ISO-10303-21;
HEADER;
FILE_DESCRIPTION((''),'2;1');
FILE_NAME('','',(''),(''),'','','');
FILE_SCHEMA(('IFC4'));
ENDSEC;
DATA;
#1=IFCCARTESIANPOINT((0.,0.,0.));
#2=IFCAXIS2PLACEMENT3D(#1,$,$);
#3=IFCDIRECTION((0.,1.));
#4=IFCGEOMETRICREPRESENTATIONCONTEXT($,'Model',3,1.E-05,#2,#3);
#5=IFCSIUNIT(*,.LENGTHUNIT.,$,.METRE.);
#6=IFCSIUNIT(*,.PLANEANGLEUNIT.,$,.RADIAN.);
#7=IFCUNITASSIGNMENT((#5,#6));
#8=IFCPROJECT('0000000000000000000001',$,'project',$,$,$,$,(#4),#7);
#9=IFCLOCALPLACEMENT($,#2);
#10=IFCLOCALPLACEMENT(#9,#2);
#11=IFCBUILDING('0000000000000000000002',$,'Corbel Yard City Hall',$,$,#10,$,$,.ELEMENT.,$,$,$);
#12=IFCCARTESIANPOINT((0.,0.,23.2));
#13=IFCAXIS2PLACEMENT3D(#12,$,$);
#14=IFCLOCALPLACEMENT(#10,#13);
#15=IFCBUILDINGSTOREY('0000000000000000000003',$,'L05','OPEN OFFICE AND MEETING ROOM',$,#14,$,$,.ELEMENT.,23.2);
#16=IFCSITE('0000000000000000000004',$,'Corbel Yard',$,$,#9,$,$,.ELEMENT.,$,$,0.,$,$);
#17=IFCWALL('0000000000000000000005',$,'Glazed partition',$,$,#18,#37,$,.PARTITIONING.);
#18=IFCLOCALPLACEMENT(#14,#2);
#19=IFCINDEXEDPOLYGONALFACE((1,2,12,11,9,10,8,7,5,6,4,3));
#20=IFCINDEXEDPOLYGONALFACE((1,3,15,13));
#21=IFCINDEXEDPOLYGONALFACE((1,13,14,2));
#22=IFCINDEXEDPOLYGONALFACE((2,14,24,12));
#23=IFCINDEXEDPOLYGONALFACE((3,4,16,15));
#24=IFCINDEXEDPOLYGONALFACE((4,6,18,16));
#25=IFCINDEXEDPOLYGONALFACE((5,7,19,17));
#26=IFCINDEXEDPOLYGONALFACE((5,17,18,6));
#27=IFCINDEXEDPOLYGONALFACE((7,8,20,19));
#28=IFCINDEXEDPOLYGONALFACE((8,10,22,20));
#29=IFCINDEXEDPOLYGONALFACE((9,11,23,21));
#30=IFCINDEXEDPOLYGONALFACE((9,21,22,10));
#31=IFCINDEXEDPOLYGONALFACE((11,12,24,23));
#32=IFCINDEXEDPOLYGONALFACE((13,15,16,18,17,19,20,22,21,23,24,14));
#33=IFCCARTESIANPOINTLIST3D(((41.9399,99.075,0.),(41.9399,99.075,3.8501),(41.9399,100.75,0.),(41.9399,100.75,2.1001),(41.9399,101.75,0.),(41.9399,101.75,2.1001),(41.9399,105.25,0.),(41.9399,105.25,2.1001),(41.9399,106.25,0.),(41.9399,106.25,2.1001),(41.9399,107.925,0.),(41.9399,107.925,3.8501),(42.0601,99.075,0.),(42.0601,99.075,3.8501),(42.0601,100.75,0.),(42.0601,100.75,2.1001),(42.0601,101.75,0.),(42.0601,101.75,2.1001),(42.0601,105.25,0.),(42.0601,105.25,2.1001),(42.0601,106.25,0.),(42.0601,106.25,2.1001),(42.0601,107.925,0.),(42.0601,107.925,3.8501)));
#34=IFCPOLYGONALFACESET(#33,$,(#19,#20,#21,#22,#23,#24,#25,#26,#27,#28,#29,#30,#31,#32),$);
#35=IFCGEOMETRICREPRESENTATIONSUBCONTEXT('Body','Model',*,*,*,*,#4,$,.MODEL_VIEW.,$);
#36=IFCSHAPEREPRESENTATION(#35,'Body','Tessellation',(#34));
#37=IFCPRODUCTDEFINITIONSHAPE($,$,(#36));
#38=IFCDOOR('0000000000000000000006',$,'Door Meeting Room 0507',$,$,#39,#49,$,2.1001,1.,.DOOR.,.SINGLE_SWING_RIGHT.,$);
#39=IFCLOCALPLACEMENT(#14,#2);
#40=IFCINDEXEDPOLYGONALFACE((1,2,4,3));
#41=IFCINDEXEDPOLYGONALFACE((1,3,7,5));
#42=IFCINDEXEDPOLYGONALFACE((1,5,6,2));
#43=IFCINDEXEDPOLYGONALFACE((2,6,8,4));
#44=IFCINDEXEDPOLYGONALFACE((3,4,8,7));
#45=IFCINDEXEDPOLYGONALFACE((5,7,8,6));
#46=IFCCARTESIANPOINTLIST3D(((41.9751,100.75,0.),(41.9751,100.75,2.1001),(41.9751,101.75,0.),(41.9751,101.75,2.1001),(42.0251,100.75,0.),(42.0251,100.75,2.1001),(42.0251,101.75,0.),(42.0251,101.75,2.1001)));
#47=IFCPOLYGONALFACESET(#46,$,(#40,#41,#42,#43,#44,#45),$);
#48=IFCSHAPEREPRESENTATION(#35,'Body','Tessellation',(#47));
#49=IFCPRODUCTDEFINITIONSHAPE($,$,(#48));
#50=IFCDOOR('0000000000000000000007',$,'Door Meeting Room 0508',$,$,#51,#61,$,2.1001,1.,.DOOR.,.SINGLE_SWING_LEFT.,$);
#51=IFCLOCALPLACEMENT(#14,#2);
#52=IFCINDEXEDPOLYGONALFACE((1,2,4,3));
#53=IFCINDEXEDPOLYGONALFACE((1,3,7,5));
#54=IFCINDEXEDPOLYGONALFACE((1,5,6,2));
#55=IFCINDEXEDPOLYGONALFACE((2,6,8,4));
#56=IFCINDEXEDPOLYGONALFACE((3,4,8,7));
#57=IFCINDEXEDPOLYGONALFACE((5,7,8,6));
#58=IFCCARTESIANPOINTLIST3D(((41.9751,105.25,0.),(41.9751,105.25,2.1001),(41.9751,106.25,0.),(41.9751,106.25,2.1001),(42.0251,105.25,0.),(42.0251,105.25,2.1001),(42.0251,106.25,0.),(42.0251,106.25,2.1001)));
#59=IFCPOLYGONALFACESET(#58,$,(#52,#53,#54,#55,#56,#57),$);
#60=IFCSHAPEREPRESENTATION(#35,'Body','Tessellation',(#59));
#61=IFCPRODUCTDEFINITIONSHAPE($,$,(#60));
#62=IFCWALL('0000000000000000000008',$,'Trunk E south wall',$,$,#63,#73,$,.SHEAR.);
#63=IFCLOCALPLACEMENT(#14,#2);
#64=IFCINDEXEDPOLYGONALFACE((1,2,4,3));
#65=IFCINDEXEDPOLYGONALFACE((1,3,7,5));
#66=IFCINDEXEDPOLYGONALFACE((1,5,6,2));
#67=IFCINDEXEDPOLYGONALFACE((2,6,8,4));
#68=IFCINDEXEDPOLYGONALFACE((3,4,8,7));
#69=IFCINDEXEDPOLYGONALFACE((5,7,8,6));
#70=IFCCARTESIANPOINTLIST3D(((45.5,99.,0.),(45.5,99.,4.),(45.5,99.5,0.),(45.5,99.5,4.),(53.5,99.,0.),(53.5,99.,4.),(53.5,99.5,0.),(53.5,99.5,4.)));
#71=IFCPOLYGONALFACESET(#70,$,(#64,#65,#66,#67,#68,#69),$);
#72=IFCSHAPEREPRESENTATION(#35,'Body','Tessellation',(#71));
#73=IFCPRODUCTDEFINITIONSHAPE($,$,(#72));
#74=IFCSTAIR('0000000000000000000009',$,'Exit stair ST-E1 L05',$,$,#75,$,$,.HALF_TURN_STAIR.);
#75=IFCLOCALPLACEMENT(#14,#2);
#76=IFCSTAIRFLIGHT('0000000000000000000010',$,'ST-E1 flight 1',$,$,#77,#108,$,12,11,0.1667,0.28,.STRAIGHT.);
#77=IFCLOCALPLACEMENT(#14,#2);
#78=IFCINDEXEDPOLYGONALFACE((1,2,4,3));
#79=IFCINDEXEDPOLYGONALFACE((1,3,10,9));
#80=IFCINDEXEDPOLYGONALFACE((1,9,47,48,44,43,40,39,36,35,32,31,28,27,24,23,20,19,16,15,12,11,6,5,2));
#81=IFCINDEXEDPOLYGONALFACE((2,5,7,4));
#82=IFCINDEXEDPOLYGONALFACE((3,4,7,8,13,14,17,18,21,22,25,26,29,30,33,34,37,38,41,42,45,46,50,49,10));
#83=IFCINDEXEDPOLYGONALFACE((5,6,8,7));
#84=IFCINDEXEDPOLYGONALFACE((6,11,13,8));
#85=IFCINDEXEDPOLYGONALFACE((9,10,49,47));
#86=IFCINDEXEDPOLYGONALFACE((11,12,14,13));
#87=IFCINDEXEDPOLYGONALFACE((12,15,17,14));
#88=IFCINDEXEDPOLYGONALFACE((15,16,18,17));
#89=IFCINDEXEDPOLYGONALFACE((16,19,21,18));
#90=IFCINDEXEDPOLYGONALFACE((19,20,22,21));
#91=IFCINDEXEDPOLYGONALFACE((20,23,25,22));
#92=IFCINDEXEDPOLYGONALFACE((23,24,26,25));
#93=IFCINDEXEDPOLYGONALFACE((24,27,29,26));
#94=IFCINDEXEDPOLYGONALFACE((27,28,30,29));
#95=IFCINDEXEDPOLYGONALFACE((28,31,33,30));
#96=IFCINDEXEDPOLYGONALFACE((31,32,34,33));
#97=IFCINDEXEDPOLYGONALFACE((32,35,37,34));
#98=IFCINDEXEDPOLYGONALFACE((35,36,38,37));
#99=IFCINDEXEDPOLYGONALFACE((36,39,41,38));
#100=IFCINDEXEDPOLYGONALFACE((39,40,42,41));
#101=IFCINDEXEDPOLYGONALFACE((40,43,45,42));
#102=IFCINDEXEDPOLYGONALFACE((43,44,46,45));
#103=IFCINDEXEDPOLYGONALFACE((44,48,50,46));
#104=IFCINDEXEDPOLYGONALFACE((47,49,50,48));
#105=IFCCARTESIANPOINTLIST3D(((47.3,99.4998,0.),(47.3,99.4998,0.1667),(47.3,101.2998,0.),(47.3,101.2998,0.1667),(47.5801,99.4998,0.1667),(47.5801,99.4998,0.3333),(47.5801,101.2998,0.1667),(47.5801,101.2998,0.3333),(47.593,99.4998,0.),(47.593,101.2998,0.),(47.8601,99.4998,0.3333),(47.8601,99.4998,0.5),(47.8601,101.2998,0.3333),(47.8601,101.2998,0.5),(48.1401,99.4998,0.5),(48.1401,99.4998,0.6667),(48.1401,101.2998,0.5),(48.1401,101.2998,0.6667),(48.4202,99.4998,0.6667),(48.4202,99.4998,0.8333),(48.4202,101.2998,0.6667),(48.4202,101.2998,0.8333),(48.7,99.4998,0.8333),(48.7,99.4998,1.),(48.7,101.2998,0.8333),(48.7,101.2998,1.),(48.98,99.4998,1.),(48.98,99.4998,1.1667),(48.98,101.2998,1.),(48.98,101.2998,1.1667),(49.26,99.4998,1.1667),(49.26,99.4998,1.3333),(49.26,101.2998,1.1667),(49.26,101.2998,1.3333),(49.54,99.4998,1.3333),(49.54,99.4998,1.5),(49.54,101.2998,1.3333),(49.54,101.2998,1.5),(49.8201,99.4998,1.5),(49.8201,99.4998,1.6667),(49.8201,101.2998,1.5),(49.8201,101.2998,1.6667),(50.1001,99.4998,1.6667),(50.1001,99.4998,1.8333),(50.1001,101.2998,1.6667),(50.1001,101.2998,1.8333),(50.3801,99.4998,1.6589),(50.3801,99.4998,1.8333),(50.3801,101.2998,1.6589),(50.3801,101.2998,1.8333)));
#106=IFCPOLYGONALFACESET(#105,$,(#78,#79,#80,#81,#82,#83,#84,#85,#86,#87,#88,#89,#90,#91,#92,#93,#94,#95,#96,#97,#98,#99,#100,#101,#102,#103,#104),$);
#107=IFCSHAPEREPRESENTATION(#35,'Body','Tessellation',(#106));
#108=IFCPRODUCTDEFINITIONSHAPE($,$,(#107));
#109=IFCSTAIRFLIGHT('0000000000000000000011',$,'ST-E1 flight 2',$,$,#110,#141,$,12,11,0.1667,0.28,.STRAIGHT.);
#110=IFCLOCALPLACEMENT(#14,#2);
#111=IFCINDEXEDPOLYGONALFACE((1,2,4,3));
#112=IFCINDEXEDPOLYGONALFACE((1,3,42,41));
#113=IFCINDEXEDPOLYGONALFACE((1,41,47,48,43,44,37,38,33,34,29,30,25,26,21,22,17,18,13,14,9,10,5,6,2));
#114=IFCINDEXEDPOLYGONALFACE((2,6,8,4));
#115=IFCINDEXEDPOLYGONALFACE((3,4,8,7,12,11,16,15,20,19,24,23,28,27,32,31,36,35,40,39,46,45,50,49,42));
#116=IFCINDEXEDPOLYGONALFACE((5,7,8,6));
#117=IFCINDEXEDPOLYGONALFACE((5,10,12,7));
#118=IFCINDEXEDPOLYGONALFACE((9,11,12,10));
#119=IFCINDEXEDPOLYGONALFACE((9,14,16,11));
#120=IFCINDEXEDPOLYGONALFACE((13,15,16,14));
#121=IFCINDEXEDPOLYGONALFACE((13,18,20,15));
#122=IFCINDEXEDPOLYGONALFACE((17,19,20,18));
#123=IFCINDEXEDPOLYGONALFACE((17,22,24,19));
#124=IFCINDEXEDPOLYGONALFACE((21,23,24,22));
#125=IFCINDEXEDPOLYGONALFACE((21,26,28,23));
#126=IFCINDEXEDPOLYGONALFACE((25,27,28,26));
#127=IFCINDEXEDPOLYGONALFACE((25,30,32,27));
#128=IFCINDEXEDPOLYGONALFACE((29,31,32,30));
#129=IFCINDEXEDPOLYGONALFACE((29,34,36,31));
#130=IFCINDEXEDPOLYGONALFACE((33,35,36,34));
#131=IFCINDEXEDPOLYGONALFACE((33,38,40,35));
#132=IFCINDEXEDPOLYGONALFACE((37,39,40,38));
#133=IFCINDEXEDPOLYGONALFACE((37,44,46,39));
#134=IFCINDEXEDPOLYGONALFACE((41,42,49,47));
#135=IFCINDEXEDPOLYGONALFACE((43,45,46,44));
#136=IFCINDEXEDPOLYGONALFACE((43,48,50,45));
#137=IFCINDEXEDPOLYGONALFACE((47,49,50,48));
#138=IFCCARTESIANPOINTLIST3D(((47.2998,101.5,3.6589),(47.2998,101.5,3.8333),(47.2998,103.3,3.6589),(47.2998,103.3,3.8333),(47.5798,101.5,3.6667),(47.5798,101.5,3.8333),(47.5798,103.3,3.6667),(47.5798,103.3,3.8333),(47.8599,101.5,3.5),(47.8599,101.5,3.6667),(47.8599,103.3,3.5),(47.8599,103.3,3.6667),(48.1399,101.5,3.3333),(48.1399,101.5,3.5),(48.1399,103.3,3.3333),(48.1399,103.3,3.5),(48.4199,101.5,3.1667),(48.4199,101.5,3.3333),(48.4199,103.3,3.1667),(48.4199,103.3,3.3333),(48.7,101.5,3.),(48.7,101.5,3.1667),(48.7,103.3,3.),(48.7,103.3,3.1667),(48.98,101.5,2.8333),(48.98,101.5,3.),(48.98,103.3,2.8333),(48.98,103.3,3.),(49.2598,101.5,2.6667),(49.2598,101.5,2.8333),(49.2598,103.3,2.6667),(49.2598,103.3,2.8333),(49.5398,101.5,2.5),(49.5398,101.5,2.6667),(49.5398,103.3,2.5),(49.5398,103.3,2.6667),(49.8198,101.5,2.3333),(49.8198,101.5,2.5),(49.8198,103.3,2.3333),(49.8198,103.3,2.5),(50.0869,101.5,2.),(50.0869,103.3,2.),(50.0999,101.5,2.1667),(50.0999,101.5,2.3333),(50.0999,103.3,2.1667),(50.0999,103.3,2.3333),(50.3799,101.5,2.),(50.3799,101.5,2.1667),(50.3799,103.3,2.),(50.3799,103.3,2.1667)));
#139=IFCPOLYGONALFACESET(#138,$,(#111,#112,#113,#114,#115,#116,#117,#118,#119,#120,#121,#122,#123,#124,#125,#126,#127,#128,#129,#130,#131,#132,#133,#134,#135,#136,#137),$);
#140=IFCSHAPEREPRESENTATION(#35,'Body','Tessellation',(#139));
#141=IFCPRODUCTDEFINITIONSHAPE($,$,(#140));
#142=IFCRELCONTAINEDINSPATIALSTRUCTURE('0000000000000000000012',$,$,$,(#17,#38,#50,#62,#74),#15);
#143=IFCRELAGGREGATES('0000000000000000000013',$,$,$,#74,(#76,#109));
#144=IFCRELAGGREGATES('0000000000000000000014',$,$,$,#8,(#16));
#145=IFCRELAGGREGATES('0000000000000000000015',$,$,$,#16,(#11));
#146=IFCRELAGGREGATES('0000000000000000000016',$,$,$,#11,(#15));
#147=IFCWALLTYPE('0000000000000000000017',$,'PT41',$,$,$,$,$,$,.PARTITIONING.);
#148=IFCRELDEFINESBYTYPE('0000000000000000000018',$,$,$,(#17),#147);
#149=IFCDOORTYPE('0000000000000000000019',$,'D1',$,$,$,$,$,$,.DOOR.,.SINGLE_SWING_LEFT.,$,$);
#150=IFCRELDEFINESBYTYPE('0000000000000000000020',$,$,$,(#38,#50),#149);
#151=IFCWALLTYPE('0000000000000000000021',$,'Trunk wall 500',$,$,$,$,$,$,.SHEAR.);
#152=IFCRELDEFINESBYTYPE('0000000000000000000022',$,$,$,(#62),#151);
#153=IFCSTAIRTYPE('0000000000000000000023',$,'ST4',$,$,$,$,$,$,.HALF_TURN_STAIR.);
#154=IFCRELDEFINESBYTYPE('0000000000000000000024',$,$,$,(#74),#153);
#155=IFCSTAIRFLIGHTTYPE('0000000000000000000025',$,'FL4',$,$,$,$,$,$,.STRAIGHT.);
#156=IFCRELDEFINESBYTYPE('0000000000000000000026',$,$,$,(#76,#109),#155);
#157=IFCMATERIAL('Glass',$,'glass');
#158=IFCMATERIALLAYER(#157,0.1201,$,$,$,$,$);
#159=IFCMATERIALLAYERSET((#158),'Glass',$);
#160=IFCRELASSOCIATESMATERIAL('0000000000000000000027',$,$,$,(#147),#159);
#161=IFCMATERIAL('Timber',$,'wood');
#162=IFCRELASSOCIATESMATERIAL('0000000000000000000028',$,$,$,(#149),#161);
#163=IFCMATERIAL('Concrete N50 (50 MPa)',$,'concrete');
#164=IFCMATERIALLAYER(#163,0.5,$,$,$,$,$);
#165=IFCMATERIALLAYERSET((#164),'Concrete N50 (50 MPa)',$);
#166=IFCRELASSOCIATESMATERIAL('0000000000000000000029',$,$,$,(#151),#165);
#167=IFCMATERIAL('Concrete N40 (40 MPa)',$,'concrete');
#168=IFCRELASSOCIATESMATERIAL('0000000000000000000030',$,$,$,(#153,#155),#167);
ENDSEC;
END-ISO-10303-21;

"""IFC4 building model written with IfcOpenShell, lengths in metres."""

from ifc_helpers import new_model, si_unit, direction, frame, frame_2d, origin, place, context, subcontext, project, spatial, polyline, rectangle, outline, extrude, material, layer, layer_set, type_object, element, fill, aggregate, save


model = new_model("IFC4")

# Units and contexts
model_context = context("Model", 3, precision=1e-05, world=origin(), true_north=direction((0.0, 1.0)))
body_context = subcontext(model_context, "Body", "Model", "MODEL_VIEW")
ifc_project = project(units=[si_unit("LENGTHUNIT", "METRE"), si_unit("PLANEANGLEUNIT", "RADIAN")], contexts=[model_context])

# Site, building, storey
site_placement = place(None, origin())
site = spatial("IfcSite", under=ifc_project, at=site_placement, Name="Corbel Yard", CompositionType="ELEMENT", RefElevation=0.0)
building_placement = place(site_placement, origin())
building = spatial("IfcBuilding", under=site, at=building_placement, Name="Corbel Yard City Hall", CompositionType="ELEMENT")
storey_placement = place(building_placement, frame((0.0, 0.0, 23.2)))
storey = spatial("IfcBuildingStorey", under=building, at=storey_placement, Name="L05", Description="OPEN OFFICE AND MEETING ROOM", CompositionType="ELEMENT", Elevation=23.2)

# Shared definitions
ifc_material_1 = material(Name="Concrete N40 (40 MPa)", Category="concrete")

# Wall, openings, doors
ifc_material_2 = material(Name="Glass", Category="glass")
ifc_layer_1 = layer(ifc_material_2, 0.1201)
ifc_layer_set_1 = layer_set([ifc_layer_1], Name="Glass")
wall_type_1 = type_object("IfcWallType", Name="PT41", PredefinedType="PARTITIONING", material=ifc_layer_set_1)
wall_1_placement = place(storey_placement, frame((42.0, 99.075, 0.0), z_axis=(0.0, 0.0, 1.0), x_axis=(0.0, 1.0, 0.0)))
wall_1 = element("IfcWall", 1, at=wall_1_placement, inside=storey, type_object=wall_type_1, Name="Glazed partition", PredefinedType="PARTITIONING", context=body_context, shape_type="SweptSolid", body=[
    extrude(rectangle(XDim=8.8501, YDim=0.1201, at=frame_2d((4.425, 0.0))), origin(), (0.0, 0.0, 1.0), 3.8501),
])
opening_1_placement = place(wall_1_placement, frame((1.675, 0.0, 0.0)))
opening_1 = element("IfcOpeningElement", 2, at=opening_1_placement, cuts=wall_1, PredefinedType="OPENING", context=body_context, shape_type="SweptSolid", body=[
    extrude(rectangle(XDim=1.0, YDim=2.1001, at=frame_2d((0.5, 1.05))), frame((0.0, 0.0701, 0.0), z_axis=(0.0, -1.0, 0.0), x_axis=(1.0, 0.0, 0.0)), (0.0, 0.0, 1.0), 0.1401),
])
opening_2_placement = place(wall_1_placement, frame((6.175, 0.0, 0.0)))
opening_2 = element("IfcOpeningElement", 3, at=opening_2_placement, cuts=wall_1, PredefinedType="OPENING", context=body_context, shape_type="SweptSolid", body=[
    extrude(rectangle(XDim=1.0, YDim=2.1001, at=frame_2d((0.5, 1.05))), frame((0.0, 0.0701, 0.0), z_axis=(0.0, -1.0, 0.0), x_axis=(1.0, 0.0, 0.0)), (0.0, 0.0, 1.0), 0.1401),
])
ifc_material_3 = material(Name="Timber", Category="wood")
door_type = type_object("IfcDoorType", Name="D1", OperationType="SINGLE_SWING_LEFT", PredefinedType="DOOR", material=ifc_material_3)
door_1_placement = place(opening_1_placement, origin())
door_1 = element("IfcDoor", 4, at=door_1_placement, inside=storey, type_object=door_type, Name="Door Meeting Room 0507", OperationType="SINGLE_SWING_RIGHT", OverallHeight=2.1001, OverallWidth=1.0, PredefinedType="DOOR", context=body_context, shape_type="SweptSolid", body=[
    extrude(rectangle(XDim=1.0, YDim=2.1001, at=frame_2d((0.5, 1.05))), frame((0.0, 0.0249, 0.0), z_axis=(0.0, -1.0, 0.0), x_axis=(1.0, 0.0, 0.0)), (0.0, 0.0, 1.0), 0.05),
])
fill(opening_1, door_1)
door_2_placement = place(opening_2_placement, origin())
door_2 = element("IfcDoor", 5, at=door_2_placement, inside=storey, type_object=door_type, Name="Door Meeting Room 0508", OperationType="SINGLE_SWING_LEFT", OverallHeight=2.1001, OverallWidth=1.0, PredefinedType="DOOR", context=body_context, shape_type="SweptSolid", body=[
    extrude(rectangle(XDim=1.0, YDim=2.1001, at=frame_2d((0.5, 1.05))), frame((0.0, 0.0249, 0.0), z_axis=(0.0, -1.0, 0.0), x_axis=(1.0, 0.0, 0.0)), (0.0, 0.0, 1.0), 0.05),
])
fill(opening_2, door_2)

# Wall
ifc_material_4 = material(Name="Concrete N50 (50 MPa)", Category="concrete")
ifc_layer_2 = layer(ifc_material_4, 0.5)
ifc_layer_set_2 = layer_set([ifc_layer_2], Name="Concrete N50 (50 MPa)")
wall_type_2 = type_object("IfcWallType", Name="Trunk wall 500", PredefinedType="SHEAR", material=ifc_layer_set_2)
wall_2_placement = place(storey_placement, frame((45.5, 99.25, 0.0), z_axis=(0.0, 0.0, 1.0), x_axis=(1.0, 0.0, 0.0)))
element("IfcWall", 6, at=wall_2_placement, inside=storey, type_object=wall_type_2, Name="Trunk E south wall", PredefinedType="SHEAR", context=body_context, shape_type="SweptSolid", body=[
    extrude(rectangle(XDim=8.0, YDim=0.5, at=frame_2d((4.0, 0.0))), origin(), (0.0, 0.0, 1.0), 4.0),
])

# Stair, stair flights
stair_type = type_object("IfcStairType", Name="ST4", PredefinedType="HALF_TURN_STAIR", material=ifc_material_1)
stair_placement = place(storey_placement, origin())
stair = element("IfcStair", 7, at=stair_placement, inside=storey, type_object=stair_type, Name="Exit stair ST-E1 L05", PredefinedType="HALF_TURN_STAIR")
stair_flight_type = type_object("IfcStairFlightType", Name="FL4", PredefinedType="STRAIGHT", material=ifc_material_1)
stair_flight_1_placement = place(storey_placement, frame((47.3, 100.3999, 0.0), z_axis=(0.0, 0.0, 1.0), x_axis=(1.0, 0.0, 0.0)))
stair_flight_1 = element("IfcStairFlight", 8, at=stair_flight_1_placement, type_object=stair_flight_type, Name="ST-E1 flight 1", NumberOfRisers=12, NumberOfTreads=11, PredefinedType="STRAIGHT", RiserHeight=0.1667, TreadLength=0.28, context=body_context, shape_type="SweptSolid", body=[
    extrude(outline(polyline([(0.0, 0.0), (0.0, 0.1667), (0.28, 0.1667), (0.28, 0.3333), (0.5601, 0.3333), (0.5601, 0.5), (0.8401, 0.5), (0.8401, 0.6667), (1.1201, 0.6667), (1.1201, 0.8333), (1.3999, 0.8333), (1.3999, 1.0), (1.6799, 1.0), (1.6799, 1.1667), (1.96, 1.1667), (1.96, 1.3333), (2.24, 1.3333), (2.24, 1.5), (2.52, 1.5), (2.52, 1.6667), (2.8, 1.6667), (2.8, 1.8333), (3.0801, 1.8333), (3.0801, 2.0), (3.0801, 1.6589), (0.293, 0.0), (0.0, 0.0)])), frame((0.0, 0.8999, 0.0), z_axis=(0.0, -1.0, 0.0), x_axis=(1.0, 0.0, 0.0)), (0.0, 0.0, 1.0), 1.8),
])
stair_flight_2_placement = place(storey_placement, frame((50.3799, 102.3999, 2.0), z_axis=(0.0, 0.0, 1.0), x_axis=(-1.0, 0.0, 0.0)))
stair_flight_2 = element("IfcStairFlight", 9, at=stair_flight_2_placement, type_object=stair_flight_type, Name="ST-E1 flight 2", NumberOfRisers=12, NumberOfTreads=11, PredefinedType="STRAIGHT", RiserHeight=0.1667, TreadLength=0.28, context=body_context, shape_type="SweptSolid", body=[
    extrude(outline(polyline([(0.0, 0.0), (0.0, 0.1667), (0.28, 0.1667), (0.28, 0.3333), (0.5601, 0.3333), (0.5601, 0.5), (0.8401, 0.5), (0.8401, 0.6667), (1.1201, 0.6667), (1.1201, 0.8333), (1.3999, 0.8333), (1.3999, 1.0), (1.6799, 1.0), (1.6799, 1.1667), (1.96, 1.1667), (1.96, 1.3333), (2.24, 1.3333), (2.24, 1.5), (2.52, 1.5), (2.52, 1.6667), (2.8, 1.6667), (2.8, 1.8333), (3.0801, 1.8333), (3.0801, 2.0), (3.0801, 1.6589), (0.293, 0.0), (0.0, 0.0)])), frame((0.0, 0.8999, 0.0), z_axis=(0.0, -1.0, 0.0), x_axis=(1.0, 0.0, 0.0)), (0.0, 0.0, 1.0), 1.8),
])
aggregate(stair, [stair_flight_1, stair_flight_2])

save(model, "model.ifc")
